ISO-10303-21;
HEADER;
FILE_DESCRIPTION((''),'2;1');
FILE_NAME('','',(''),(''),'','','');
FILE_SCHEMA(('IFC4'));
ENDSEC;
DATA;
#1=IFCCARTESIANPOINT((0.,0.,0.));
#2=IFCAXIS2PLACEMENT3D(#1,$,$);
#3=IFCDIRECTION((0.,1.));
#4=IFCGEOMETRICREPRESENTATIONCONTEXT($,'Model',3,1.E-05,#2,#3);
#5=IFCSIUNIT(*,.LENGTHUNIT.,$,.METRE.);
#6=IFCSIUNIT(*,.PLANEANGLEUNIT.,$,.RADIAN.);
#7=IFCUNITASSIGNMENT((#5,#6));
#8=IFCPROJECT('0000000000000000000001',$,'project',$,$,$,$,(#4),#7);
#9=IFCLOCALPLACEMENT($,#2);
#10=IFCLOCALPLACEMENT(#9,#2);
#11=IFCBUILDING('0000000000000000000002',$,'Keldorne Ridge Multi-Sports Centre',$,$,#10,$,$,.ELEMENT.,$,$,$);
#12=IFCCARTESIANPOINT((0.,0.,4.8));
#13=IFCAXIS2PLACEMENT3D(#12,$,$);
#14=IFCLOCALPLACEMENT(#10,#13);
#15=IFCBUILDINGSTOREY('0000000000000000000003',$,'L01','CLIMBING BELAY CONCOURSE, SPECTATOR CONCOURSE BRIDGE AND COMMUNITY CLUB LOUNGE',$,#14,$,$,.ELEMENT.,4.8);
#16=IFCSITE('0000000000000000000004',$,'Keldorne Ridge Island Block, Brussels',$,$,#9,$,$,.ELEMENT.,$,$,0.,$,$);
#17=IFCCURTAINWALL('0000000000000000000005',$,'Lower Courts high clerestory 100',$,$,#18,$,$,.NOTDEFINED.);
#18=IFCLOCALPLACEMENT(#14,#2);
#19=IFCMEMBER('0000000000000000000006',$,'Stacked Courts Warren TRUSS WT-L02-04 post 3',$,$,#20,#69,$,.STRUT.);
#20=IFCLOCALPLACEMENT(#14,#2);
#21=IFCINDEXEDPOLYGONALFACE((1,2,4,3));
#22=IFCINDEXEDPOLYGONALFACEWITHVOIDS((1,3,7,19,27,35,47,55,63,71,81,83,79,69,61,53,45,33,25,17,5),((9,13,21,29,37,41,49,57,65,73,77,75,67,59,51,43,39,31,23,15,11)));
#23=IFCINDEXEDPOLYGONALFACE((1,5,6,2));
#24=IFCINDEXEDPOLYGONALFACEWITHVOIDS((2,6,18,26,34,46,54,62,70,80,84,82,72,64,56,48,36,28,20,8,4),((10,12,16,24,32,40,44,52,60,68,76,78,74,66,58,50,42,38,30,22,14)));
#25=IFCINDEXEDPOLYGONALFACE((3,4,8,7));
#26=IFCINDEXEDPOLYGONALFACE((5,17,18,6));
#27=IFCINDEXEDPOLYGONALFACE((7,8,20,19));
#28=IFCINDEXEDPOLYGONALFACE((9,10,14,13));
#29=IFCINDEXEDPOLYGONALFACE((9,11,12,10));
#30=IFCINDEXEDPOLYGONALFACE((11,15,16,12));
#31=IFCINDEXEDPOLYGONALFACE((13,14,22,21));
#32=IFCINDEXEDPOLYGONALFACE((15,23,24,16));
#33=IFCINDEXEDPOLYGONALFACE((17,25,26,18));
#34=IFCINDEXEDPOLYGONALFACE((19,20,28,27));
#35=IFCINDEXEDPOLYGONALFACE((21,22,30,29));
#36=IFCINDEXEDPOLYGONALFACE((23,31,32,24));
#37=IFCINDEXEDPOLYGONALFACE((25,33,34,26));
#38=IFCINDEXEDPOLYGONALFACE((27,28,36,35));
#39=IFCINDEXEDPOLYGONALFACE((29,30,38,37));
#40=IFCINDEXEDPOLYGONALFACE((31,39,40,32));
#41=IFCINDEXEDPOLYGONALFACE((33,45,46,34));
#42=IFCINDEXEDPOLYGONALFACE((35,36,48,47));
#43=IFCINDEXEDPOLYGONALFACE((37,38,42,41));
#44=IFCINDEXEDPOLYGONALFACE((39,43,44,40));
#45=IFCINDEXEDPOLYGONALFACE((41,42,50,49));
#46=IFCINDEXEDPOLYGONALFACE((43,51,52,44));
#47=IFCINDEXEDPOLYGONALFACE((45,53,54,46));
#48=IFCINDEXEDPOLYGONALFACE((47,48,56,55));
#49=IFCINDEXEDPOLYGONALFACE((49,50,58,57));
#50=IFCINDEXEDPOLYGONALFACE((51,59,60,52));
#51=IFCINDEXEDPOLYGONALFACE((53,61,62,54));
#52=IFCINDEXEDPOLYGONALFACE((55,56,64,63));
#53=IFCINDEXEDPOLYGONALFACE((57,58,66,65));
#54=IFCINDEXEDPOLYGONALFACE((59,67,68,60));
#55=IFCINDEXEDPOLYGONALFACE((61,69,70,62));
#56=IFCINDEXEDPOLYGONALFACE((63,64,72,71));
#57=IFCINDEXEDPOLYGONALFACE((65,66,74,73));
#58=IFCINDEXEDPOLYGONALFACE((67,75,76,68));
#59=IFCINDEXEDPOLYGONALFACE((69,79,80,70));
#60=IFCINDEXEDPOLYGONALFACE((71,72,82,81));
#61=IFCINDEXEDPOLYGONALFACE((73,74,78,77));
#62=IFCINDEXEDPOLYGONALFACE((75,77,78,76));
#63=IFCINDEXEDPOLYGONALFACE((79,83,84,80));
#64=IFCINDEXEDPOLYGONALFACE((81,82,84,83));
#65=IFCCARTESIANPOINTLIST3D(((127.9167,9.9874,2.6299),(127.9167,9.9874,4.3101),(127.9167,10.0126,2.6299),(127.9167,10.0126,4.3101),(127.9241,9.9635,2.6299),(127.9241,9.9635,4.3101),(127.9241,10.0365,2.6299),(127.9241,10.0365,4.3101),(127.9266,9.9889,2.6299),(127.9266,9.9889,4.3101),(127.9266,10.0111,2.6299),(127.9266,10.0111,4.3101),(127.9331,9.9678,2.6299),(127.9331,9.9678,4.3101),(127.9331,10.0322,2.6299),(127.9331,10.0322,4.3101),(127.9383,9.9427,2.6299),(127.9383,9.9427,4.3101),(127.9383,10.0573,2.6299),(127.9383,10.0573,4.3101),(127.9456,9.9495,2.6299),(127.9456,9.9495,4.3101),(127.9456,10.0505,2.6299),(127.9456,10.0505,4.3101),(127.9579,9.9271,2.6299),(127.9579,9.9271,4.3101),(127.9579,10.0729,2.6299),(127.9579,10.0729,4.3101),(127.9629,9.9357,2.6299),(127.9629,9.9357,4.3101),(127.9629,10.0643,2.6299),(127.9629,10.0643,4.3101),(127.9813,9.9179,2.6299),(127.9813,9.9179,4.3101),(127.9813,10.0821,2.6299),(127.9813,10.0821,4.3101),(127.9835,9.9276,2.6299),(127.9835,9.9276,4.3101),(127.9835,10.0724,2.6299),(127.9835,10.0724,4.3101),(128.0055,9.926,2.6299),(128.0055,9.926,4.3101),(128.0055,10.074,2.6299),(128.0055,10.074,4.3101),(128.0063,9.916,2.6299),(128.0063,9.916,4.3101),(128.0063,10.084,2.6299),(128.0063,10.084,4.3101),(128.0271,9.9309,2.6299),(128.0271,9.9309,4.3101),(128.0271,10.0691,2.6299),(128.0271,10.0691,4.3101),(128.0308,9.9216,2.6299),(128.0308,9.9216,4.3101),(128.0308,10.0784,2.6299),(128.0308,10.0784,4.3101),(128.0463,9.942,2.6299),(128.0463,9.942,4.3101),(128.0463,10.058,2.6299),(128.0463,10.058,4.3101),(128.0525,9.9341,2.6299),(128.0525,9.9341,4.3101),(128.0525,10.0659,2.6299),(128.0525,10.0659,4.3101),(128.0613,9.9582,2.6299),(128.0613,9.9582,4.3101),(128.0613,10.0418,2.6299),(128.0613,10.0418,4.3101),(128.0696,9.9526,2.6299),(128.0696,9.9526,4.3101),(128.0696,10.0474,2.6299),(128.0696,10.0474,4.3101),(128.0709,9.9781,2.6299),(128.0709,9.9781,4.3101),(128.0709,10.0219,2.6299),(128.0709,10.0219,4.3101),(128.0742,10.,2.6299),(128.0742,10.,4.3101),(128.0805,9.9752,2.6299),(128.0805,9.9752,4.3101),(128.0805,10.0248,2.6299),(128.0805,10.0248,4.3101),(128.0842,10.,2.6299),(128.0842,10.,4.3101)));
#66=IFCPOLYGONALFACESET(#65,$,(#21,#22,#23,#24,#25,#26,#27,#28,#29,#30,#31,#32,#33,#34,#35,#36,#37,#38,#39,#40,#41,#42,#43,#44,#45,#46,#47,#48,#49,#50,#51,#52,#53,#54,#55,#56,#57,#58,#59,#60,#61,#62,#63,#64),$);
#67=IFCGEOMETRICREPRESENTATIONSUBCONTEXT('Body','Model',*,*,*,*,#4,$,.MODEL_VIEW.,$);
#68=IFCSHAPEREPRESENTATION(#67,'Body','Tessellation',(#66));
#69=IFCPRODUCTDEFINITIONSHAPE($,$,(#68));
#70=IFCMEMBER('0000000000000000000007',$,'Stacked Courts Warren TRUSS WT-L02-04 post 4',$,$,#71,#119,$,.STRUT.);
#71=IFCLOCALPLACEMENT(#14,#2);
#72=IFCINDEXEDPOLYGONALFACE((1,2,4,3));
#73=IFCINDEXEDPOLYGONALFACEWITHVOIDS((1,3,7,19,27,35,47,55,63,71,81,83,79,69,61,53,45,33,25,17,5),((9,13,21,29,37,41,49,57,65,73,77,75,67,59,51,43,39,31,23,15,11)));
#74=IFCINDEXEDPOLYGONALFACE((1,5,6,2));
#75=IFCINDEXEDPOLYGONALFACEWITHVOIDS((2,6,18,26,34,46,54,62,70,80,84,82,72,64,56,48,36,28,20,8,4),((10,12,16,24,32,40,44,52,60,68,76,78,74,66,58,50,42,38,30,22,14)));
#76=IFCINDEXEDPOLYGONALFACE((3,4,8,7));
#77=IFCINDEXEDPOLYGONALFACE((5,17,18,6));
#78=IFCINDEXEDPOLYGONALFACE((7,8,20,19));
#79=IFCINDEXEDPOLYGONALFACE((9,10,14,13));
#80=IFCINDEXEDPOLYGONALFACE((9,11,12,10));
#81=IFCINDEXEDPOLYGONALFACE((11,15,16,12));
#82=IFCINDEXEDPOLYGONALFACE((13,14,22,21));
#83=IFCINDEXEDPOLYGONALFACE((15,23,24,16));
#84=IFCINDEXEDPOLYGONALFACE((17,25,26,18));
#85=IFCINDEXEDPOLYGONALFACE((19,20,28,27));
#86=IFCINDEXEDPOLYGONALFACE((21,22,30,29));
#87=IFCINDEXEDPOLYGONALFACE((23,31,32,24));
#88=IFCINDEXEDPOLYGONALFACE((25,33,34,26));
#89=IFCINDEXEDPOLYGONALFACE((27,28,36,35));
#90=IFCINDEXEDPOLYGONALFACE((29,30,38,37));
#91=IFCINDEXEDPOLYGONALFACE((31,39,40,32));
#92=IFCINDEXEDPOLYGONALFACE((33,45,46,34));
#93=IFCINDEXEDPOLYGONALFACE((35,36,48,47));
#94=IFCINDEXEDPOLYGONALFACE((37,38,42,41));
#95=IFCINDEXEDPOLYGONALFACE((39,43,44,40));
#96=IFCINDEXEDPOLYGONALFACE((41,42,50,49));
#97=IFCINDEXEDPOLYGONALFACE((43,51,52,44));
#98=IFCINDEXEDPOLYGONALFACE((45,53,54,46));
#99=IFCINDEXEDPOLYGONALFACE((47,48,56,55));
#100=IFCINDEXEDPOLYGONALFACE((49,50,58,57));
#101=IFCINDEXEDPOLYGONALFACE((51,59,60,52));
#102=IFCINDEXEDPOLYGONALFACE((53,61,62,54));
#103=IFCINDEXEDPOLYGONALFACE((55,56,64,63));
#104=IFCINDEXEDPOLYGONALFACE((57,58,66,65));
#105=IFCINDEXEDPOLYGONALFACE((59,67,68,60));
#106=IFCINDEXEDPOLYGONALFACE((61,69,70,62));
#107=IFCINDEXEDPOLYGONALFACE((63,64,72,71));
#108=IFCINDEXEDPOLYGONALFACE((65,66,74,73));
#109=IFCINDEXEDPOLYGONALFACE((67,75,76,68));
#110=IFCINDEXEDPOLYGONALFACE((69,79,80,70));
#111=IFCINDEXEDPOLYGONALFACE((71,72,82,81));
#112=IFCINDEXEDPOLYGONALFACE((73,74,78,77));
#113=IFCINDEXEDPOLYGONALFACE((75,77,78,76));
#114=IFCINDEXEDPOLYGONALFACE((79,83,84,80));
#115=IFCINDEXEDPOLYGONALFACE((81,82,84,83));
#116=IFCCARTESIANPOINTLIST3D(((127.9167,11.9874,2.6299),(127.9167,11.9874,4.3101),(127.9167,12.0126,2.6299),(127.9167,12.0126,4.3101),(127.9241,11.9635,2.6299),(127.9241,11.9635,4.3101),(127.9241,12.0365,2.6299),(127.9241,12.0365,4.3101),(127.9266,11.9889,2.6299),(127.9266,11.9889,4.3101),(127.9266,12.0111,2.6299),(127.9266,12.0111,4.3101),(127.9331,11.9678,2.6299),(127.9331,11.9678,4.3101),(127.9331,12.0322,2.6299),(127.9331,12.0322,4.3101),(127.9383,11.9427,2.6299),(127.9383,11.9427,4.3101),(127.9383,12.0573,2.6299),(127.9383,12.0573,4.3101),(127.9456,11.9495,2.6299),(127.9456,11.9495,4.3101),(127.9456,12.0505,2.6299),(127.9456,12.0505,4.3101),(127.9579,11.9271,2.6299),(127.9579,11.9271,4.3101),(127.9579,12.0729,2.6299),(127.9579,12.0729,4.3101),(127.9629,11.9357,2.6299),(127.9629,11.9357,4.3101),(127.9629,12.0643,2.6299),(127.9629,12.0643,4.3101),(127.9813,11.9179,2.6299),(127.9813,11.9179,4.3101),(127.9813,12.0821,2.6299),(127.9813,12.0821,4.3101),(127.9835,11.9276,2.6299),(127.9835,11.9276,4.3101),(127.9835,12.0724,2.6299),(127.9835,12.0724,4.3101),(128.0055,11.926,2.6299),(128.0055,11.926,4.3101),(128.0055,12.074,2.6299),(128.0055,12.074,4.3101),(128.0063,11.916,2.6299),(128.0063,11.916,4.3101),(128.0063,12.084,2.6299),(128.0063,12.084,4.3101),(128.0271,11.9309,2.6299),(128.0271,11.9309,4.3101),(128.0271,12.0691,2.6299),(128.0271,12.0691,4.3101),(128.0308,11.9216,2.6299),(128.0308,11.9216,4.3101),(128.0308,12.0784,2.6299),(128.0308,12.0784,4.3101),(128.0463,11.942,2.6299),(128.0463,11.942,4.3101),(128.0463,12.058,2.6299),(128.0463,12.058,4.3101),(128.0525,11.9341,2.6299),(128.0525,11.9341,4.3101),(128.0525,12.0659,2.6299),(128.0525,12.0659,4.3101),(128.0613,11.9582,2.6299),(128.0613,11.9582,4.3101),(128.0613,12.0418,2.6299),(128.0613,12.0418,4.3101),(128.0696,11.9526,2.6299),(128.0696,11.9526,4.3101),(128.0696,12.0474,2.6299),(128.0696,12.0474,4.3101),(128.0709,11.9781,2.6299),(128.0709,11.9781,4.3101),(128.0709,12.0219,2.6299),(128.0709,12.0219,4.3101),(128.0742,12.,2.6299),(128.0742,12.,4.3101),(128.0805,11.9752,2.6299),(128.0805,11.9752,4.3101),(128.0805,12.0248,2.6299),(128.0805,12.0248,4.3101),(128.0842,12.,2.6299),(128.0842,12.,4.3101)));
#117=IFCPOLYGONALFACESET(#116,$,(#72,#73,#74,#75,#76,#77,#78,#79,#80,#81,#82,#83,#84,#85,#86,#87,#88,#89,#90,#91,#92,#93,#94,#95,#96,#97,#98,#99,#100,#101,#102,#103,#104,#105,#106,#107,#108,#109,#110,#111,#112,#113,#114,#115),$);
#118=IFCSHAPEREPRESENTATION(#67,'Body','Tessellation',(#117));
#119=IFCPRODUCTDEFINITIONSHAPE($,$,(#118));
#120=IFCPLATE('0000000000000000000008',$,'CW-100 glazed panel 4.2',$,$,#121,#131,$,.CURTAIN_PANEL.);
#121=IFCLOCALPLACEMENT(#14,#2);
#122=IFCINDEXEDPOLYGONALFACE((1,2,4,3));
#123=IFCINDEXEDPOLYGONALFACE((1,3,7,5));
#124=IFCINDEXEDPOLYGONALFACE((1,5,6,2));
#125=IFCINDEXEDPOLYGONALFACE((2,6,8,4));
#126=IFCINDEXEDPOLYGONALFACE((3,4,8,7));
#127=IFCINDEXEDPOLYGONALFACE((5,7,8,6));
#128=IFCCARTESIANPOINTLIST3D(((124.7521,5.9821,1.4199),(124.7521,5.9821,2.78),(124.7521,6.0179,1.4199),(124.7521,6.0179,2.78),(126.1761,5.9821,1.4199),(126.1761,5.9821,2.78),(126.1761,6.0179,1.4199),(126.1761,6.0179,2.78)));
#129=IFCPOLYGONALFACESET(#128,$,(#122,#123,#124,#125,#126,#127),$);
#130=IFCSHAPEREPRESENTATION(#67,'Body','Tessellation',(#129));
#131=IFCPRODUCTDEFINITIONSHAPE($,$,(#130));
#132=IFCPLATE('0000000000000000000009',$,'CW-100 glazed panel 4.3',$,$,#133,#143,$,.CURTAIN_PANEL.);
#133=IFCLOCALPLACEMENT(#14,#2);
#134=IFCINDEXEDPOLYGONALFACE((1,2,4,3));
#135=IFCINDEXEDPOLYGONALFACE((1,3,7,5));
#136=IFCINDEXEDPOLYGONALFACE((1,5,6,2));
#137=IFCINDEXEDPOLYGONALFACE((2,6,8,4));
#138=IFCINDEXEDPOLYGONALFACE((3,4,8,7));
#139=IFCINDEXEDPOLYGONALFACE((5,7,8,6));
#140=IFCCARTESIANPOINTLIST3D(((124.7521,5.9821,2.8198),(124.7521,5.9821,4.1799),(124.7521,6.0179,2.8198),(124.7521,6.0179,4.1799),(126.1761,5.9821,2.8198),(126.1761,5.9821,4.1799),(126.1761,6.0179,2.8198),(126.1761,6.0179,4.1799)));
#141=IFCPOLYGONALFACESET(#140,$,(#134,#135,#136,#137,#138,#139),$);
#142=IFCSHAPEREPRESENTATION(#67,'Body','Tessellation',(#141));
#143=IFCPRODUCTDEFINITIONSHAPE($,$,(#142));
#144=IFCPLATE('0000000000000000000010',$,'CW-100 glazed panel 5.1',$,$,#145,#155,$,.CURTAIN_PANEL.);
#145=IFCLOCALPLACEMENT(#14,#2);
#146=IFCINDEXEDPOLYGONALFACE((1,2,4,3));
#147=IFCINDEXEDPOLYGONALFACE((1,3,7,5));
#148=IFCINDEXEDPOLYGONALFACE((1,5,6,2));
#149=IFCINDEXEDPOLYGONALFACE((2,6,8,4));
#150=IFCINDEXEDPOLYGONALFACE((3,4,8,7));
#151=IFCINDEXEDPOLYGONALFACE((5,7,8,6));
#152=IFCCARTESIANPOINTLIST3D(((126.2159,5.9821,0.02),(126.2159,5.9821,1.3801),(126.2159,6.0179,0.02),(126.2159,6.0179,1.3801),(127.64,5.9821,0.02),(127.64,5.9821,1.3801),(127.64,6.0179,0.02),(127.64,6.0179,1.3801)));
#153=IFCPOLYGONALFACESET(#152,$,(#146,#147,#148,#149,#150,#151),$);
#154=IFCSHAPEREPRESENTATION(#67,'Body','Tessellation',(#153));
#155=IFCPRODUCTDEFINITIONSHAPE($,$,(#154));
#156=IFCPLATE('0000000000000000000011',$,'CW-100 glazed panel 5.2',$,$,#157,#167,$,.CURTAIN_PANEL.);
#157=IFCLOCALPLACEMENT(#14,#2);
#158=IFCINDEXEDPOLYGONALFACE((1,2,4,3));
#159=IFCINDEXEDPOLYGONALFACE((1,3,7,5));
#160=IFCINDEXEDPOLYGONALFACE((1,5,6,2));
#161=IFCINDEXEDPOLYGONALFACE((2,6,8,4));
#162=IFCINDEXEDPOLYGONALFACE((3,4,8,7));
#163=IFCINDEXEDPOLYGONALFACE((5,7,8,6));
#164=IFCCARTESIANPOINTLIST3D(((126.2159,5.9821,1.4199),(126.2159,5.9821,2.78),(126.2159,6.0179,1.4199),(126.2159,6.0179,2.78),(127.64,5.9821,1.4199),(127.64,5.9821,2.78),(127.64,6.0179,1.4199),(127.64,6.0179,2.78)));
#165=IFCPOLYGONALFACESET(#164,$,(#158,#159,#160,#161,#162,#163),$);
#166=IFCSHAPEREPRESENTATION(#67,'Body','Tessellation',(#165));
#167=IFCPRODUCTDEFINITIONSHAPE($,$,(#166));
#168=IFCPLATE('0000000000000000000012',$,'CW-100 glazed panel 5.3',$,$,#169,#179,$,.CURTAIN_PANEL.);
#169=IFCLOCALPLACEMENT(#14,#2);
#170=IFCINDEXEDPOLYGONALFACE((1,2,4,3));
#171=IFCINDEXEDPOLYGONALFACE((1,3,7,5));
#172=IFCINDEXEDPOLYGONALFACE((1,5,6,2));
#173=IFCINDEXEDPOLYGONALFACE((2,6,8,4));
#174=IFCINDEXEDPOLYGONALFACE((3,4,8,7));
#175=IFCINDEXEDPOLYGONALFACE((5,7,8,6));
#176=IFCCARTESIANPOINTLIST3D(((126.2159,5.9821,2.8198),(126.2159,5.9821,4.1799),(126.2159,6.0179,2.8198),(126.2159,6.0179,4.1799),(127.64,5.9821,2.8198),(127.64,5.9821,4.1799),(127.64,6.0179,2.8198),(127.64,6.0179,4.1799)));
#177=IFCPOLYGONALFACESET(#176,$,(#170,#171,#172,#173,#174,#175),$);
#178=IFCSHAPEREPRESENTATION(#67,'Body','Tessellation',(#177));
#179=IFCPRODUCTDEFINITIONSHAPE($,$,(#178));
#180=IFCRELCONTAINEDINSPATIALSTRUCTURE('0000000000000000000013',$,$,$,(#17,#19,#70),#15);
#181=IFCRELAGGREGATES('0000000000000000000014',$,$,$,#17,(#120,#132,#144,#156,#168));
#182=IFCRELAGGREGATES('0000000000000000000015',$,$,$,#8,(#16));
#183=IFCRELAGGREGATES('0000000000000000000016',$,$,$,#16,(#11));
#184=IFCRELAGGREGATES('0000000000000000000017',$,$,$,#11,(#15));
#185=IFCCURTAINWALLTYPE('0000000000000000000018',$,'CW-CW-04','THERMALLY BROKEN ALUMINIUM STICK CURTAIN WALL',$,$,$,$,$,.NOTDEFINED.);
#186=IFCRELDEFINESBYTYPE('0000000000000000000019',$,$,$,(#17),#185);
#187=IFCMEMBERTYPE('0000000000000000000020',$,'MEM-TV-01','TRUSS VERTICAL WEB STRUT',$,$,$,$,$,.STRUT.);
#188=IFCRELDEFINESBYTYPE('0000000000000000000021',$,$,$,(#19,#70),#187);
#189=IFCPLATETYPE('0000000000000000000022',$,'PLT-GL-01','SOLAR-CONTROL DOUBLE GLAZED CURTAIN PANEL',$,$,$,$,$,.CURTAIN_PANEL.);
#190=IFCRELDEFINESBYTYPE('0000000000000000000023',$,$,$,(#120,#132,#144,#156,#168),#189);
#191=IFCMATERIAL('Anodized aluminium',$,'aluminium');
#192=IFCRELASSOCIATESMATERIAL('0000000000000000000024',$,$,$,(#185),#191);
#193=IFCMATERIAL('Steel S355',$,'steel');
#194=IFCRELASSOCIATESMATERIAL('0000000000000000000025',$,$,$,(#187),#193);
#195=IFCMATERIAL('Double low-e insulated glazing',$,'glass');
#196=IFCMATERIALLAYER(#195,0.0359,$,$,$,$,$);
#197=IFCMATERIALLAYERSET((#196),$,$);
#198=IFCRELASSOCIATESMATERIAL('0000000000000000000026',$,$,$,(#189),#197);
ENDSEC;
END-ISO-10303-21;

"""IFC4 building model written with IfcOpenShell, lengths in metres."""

from ifc_helpers import new_model, si_unit, direction, frame, origin, origin_2d, place, context, subcontext, project, spatial, rectangle, hollow_circle, extrude, material, layer, layer_set, material_profile, profile_set, type_object, element, aggregate, save


model = new_model("IFC4")

# Units and contexts
model_context = context("Model", 3, precision=1e-05, world=origin(), true_north=direction((0.0, 1.0)))
body_context = subcontext(model_context, "Body", "Model", "MODEL_VIEW")
ifc_project = project(units=[si_unit("LENGTHUNIT", "METRE"), si_unit("PLANEANGLEUNIT", "RADIAN")], contexts=[model_context])

# Site, building, storey
site_placement = place(None, origin())
site = spatial("IfcSite", under=ifc_project, at=site_placement, Name="Keldorne Ridge Island Block, Brussels", CompositionType="ELEMENT", RefElevation=0.0)
building_placement = place(site_placement, origin())
building = spatial("IfcBuilding", under=site, at=building_placement, Name="Keldorne Ridge Multi-Sports Centre", CompositionType="ELEMENT")
storey_placement = place(building_placement, frame((0.0, 0.0, 4.8)))
storey = spatial("IfcBuildingStorey", under=building, at=storey_placement, Name="L01", Description="CLIMBING BELAY CONCOURSE, SPECTATOR CONCOURSE BRIDGE AND COMMUNITY CLUB LOUNGE", CompositionType="ELEMENT", Elevation=4.8)

# Shared definitions
ifc_material_1 = material(Name="Steel S355", Category="steel")

# Curtain wall
ifc_material_2 = material(Name="Anodized aluminium", Category="aluminium")
curtain_wall_type = type_object("IfcCurtainWallType", Name="CW-CW-04", Description="THERMALLY BROKEN ALUMINIUM STICK CURTAIN WALL", PredefinedType="NOTDEFINED", material=ifc_material_2)
curtain_wall_placement = place(storey_placement, origin())
curtain_wall = element("IfcCurtainWall", 1, at=curtain_wall_placement, inside=storey, type_object=curtain_wall_type, Name="Lower Courts high clerestory 100", PredefinedType="NOTDEFINED")

# Members
ifc_material_profile_1 = material_profile(ifc_material_1, hollow_circle(Radius=0.0842, WallThickness=0.01, at=origin_2d()), Name="CHS 168.3x10")
ifc_profile_set_1 = profile_set([ifc_material_profile_1], Name="Steel S355")
member_type_1 = type_object("IfcMemberType", Name="MEM-TV-01", Description="TRUSS VERTICAL WEB STRUT", PredefinedType="STRUT", material=ifc_profile_set_1)
for number, where, z_axis, x_axis, name in (
    (2, (128.0, 10.0, 2.6299), (0.0, 0.0, 1.0), (1.0, 0.0, 0.0), "Stacked Courts Warren TRUSS WT-L02-04 post 3"),
    (3, (128.0, 12.0, 2.6299), (0.0, 0.0, 1.0), (1.0, 0.0, 0.0), "Stacked Courts Warren TRUSS WT-L02-04 post 4"),
):
    element("IfcMember", number, at=place(storey_placement, frame(where, z_axis=z_axis, x_axis=x_axis)), inside=storey, type_object=member_type_1, Name=name, PredefinedType="STRUT", context=body_context, shape_type="SweptSolid", body=[
        extrude(hollow_circle(Radius=0.0842, WallThickness=0.01, at=origin_2d()), origin(), (0.0, 0.0, 1.0), 1.6802),
    ])

# Plates
ifc_material_3 = material(Name="Double low-e insulated glazing", Category="glass")
ifc_layer = layer(ifc_material_3, 0.0359)
ifc_layer_set = layer_set([ifc_layer])
plate_type = type_object("IfcPlateType", Name="PLT-GL-01", Description="SOLAR-CONTROL DOUBLE GLAZED CURTAIN PANEL", PredefinedType="CURTAIN_PANEL", material=ifc_layer_set)
plate_1_placement = place(storey_placement, frame((125.4641, 6.0, 1.4199), z_axis=(0.0, 0.0, 1.0), x_axis=(1.0, 0.0, 0.0)))
plate_1 = element("IfcPlate", 4, at=plate_1_placement, type_object=plate_type, Name="CW-100 glazed panel 4.2", PredefinedType="CURTAIN_PANEL", context=body_context, shape_type="SweptSolid", body=[
    extrude(rectangle(XDim=1.4241, YDim=0.0359, at=origin_2d()), origin(), (0.0, 0.0, 1.0), 1.3601),
])
plate_2_placement = place(storey_placement, frame((125.4641, 6.0, 2.8198), z_axis=(0.0, 0.0, 1.0), x_axis=(1.0, 0.0, 0.0)))
plate_2 = element("IfcPlate", 5, at=plate_2_placement, type_object=plate_type, Name="CW-100 glazed panel 4.3", PredefinedType="CURTAIN_PANEL", context=body_context, shape_type="SweptSolid", body=[
    extrude(rectangle(XDim=1.4241, YDim=0.0359, at=origin_2d()), origin(), (0.0, 0.0, 1.0), 1.3601),
])
plate_3_placement = place(storey_placement, frame((126.928, 6.0, 0.02), z_axis=(0.0, 0.0, 1.0), x_axis=(1.0, 0.0, 0.0)))
plate_3 = element("IfcPlate", 6, at=plate_3_placement, type_object=plate_type, Name="CW-100 glazed panel 5.1", PredefinedType="CURTAIN_PANEL", context=body_context, shape_type="SweptSolid", body=[
    extrude(rectangle(XDim=1.4241, YDim=0.0359, at=origin_2d()), origin(), (0.0, 0.0, 1.0), 1.3601),
])
plate_4_placement = place(storey_placement, frame((126.928, 6.0, 1.4199), z_axis=(0.0, 0.0, 1.0), x_axis=(1.0, 0.0, 0.0)))
plate_4 = element("IfcPlate", 7, at=plate_4_placement, type_object=plate_type, Name="CW-100 glazed panel 5.2", PredefinedType="CURTAIN_PANEL", context=body_context, shape_type="SweptSolid", body=[
    extrude(rectangle(XDim=1.4241, YDim=0.0359, at=origin_2d()), origin(), (0.0, 0.0, 1.0), 1.3601),
])
plate_5_placement = place(storey_placement, frame((126.928, 6.0, 2.8198), z_axis=(0.0, 0.0, 1.0), x_axis=(1.0, 0.0, 0.0)))
plate_5 = element("IfcPlate", 8, at=plate_5_placement, type_object=plate_type, Name="CW-100 glazed panel 5.3", PredefinedType="CURTAIN_PANEL", context=body_context, shape_type="SweptSolid", body=[
    extrude(rectangle(XDim=1.4241, YDim=0.0359, at=origin_2d()), origin(), (0.0, 0.0, 1.0), 1.3601),
])
aggregate(curtain_wall, [plate_1, plate_2, plate_3, plate_4, plate_5])

save(model, "model.ifc")
